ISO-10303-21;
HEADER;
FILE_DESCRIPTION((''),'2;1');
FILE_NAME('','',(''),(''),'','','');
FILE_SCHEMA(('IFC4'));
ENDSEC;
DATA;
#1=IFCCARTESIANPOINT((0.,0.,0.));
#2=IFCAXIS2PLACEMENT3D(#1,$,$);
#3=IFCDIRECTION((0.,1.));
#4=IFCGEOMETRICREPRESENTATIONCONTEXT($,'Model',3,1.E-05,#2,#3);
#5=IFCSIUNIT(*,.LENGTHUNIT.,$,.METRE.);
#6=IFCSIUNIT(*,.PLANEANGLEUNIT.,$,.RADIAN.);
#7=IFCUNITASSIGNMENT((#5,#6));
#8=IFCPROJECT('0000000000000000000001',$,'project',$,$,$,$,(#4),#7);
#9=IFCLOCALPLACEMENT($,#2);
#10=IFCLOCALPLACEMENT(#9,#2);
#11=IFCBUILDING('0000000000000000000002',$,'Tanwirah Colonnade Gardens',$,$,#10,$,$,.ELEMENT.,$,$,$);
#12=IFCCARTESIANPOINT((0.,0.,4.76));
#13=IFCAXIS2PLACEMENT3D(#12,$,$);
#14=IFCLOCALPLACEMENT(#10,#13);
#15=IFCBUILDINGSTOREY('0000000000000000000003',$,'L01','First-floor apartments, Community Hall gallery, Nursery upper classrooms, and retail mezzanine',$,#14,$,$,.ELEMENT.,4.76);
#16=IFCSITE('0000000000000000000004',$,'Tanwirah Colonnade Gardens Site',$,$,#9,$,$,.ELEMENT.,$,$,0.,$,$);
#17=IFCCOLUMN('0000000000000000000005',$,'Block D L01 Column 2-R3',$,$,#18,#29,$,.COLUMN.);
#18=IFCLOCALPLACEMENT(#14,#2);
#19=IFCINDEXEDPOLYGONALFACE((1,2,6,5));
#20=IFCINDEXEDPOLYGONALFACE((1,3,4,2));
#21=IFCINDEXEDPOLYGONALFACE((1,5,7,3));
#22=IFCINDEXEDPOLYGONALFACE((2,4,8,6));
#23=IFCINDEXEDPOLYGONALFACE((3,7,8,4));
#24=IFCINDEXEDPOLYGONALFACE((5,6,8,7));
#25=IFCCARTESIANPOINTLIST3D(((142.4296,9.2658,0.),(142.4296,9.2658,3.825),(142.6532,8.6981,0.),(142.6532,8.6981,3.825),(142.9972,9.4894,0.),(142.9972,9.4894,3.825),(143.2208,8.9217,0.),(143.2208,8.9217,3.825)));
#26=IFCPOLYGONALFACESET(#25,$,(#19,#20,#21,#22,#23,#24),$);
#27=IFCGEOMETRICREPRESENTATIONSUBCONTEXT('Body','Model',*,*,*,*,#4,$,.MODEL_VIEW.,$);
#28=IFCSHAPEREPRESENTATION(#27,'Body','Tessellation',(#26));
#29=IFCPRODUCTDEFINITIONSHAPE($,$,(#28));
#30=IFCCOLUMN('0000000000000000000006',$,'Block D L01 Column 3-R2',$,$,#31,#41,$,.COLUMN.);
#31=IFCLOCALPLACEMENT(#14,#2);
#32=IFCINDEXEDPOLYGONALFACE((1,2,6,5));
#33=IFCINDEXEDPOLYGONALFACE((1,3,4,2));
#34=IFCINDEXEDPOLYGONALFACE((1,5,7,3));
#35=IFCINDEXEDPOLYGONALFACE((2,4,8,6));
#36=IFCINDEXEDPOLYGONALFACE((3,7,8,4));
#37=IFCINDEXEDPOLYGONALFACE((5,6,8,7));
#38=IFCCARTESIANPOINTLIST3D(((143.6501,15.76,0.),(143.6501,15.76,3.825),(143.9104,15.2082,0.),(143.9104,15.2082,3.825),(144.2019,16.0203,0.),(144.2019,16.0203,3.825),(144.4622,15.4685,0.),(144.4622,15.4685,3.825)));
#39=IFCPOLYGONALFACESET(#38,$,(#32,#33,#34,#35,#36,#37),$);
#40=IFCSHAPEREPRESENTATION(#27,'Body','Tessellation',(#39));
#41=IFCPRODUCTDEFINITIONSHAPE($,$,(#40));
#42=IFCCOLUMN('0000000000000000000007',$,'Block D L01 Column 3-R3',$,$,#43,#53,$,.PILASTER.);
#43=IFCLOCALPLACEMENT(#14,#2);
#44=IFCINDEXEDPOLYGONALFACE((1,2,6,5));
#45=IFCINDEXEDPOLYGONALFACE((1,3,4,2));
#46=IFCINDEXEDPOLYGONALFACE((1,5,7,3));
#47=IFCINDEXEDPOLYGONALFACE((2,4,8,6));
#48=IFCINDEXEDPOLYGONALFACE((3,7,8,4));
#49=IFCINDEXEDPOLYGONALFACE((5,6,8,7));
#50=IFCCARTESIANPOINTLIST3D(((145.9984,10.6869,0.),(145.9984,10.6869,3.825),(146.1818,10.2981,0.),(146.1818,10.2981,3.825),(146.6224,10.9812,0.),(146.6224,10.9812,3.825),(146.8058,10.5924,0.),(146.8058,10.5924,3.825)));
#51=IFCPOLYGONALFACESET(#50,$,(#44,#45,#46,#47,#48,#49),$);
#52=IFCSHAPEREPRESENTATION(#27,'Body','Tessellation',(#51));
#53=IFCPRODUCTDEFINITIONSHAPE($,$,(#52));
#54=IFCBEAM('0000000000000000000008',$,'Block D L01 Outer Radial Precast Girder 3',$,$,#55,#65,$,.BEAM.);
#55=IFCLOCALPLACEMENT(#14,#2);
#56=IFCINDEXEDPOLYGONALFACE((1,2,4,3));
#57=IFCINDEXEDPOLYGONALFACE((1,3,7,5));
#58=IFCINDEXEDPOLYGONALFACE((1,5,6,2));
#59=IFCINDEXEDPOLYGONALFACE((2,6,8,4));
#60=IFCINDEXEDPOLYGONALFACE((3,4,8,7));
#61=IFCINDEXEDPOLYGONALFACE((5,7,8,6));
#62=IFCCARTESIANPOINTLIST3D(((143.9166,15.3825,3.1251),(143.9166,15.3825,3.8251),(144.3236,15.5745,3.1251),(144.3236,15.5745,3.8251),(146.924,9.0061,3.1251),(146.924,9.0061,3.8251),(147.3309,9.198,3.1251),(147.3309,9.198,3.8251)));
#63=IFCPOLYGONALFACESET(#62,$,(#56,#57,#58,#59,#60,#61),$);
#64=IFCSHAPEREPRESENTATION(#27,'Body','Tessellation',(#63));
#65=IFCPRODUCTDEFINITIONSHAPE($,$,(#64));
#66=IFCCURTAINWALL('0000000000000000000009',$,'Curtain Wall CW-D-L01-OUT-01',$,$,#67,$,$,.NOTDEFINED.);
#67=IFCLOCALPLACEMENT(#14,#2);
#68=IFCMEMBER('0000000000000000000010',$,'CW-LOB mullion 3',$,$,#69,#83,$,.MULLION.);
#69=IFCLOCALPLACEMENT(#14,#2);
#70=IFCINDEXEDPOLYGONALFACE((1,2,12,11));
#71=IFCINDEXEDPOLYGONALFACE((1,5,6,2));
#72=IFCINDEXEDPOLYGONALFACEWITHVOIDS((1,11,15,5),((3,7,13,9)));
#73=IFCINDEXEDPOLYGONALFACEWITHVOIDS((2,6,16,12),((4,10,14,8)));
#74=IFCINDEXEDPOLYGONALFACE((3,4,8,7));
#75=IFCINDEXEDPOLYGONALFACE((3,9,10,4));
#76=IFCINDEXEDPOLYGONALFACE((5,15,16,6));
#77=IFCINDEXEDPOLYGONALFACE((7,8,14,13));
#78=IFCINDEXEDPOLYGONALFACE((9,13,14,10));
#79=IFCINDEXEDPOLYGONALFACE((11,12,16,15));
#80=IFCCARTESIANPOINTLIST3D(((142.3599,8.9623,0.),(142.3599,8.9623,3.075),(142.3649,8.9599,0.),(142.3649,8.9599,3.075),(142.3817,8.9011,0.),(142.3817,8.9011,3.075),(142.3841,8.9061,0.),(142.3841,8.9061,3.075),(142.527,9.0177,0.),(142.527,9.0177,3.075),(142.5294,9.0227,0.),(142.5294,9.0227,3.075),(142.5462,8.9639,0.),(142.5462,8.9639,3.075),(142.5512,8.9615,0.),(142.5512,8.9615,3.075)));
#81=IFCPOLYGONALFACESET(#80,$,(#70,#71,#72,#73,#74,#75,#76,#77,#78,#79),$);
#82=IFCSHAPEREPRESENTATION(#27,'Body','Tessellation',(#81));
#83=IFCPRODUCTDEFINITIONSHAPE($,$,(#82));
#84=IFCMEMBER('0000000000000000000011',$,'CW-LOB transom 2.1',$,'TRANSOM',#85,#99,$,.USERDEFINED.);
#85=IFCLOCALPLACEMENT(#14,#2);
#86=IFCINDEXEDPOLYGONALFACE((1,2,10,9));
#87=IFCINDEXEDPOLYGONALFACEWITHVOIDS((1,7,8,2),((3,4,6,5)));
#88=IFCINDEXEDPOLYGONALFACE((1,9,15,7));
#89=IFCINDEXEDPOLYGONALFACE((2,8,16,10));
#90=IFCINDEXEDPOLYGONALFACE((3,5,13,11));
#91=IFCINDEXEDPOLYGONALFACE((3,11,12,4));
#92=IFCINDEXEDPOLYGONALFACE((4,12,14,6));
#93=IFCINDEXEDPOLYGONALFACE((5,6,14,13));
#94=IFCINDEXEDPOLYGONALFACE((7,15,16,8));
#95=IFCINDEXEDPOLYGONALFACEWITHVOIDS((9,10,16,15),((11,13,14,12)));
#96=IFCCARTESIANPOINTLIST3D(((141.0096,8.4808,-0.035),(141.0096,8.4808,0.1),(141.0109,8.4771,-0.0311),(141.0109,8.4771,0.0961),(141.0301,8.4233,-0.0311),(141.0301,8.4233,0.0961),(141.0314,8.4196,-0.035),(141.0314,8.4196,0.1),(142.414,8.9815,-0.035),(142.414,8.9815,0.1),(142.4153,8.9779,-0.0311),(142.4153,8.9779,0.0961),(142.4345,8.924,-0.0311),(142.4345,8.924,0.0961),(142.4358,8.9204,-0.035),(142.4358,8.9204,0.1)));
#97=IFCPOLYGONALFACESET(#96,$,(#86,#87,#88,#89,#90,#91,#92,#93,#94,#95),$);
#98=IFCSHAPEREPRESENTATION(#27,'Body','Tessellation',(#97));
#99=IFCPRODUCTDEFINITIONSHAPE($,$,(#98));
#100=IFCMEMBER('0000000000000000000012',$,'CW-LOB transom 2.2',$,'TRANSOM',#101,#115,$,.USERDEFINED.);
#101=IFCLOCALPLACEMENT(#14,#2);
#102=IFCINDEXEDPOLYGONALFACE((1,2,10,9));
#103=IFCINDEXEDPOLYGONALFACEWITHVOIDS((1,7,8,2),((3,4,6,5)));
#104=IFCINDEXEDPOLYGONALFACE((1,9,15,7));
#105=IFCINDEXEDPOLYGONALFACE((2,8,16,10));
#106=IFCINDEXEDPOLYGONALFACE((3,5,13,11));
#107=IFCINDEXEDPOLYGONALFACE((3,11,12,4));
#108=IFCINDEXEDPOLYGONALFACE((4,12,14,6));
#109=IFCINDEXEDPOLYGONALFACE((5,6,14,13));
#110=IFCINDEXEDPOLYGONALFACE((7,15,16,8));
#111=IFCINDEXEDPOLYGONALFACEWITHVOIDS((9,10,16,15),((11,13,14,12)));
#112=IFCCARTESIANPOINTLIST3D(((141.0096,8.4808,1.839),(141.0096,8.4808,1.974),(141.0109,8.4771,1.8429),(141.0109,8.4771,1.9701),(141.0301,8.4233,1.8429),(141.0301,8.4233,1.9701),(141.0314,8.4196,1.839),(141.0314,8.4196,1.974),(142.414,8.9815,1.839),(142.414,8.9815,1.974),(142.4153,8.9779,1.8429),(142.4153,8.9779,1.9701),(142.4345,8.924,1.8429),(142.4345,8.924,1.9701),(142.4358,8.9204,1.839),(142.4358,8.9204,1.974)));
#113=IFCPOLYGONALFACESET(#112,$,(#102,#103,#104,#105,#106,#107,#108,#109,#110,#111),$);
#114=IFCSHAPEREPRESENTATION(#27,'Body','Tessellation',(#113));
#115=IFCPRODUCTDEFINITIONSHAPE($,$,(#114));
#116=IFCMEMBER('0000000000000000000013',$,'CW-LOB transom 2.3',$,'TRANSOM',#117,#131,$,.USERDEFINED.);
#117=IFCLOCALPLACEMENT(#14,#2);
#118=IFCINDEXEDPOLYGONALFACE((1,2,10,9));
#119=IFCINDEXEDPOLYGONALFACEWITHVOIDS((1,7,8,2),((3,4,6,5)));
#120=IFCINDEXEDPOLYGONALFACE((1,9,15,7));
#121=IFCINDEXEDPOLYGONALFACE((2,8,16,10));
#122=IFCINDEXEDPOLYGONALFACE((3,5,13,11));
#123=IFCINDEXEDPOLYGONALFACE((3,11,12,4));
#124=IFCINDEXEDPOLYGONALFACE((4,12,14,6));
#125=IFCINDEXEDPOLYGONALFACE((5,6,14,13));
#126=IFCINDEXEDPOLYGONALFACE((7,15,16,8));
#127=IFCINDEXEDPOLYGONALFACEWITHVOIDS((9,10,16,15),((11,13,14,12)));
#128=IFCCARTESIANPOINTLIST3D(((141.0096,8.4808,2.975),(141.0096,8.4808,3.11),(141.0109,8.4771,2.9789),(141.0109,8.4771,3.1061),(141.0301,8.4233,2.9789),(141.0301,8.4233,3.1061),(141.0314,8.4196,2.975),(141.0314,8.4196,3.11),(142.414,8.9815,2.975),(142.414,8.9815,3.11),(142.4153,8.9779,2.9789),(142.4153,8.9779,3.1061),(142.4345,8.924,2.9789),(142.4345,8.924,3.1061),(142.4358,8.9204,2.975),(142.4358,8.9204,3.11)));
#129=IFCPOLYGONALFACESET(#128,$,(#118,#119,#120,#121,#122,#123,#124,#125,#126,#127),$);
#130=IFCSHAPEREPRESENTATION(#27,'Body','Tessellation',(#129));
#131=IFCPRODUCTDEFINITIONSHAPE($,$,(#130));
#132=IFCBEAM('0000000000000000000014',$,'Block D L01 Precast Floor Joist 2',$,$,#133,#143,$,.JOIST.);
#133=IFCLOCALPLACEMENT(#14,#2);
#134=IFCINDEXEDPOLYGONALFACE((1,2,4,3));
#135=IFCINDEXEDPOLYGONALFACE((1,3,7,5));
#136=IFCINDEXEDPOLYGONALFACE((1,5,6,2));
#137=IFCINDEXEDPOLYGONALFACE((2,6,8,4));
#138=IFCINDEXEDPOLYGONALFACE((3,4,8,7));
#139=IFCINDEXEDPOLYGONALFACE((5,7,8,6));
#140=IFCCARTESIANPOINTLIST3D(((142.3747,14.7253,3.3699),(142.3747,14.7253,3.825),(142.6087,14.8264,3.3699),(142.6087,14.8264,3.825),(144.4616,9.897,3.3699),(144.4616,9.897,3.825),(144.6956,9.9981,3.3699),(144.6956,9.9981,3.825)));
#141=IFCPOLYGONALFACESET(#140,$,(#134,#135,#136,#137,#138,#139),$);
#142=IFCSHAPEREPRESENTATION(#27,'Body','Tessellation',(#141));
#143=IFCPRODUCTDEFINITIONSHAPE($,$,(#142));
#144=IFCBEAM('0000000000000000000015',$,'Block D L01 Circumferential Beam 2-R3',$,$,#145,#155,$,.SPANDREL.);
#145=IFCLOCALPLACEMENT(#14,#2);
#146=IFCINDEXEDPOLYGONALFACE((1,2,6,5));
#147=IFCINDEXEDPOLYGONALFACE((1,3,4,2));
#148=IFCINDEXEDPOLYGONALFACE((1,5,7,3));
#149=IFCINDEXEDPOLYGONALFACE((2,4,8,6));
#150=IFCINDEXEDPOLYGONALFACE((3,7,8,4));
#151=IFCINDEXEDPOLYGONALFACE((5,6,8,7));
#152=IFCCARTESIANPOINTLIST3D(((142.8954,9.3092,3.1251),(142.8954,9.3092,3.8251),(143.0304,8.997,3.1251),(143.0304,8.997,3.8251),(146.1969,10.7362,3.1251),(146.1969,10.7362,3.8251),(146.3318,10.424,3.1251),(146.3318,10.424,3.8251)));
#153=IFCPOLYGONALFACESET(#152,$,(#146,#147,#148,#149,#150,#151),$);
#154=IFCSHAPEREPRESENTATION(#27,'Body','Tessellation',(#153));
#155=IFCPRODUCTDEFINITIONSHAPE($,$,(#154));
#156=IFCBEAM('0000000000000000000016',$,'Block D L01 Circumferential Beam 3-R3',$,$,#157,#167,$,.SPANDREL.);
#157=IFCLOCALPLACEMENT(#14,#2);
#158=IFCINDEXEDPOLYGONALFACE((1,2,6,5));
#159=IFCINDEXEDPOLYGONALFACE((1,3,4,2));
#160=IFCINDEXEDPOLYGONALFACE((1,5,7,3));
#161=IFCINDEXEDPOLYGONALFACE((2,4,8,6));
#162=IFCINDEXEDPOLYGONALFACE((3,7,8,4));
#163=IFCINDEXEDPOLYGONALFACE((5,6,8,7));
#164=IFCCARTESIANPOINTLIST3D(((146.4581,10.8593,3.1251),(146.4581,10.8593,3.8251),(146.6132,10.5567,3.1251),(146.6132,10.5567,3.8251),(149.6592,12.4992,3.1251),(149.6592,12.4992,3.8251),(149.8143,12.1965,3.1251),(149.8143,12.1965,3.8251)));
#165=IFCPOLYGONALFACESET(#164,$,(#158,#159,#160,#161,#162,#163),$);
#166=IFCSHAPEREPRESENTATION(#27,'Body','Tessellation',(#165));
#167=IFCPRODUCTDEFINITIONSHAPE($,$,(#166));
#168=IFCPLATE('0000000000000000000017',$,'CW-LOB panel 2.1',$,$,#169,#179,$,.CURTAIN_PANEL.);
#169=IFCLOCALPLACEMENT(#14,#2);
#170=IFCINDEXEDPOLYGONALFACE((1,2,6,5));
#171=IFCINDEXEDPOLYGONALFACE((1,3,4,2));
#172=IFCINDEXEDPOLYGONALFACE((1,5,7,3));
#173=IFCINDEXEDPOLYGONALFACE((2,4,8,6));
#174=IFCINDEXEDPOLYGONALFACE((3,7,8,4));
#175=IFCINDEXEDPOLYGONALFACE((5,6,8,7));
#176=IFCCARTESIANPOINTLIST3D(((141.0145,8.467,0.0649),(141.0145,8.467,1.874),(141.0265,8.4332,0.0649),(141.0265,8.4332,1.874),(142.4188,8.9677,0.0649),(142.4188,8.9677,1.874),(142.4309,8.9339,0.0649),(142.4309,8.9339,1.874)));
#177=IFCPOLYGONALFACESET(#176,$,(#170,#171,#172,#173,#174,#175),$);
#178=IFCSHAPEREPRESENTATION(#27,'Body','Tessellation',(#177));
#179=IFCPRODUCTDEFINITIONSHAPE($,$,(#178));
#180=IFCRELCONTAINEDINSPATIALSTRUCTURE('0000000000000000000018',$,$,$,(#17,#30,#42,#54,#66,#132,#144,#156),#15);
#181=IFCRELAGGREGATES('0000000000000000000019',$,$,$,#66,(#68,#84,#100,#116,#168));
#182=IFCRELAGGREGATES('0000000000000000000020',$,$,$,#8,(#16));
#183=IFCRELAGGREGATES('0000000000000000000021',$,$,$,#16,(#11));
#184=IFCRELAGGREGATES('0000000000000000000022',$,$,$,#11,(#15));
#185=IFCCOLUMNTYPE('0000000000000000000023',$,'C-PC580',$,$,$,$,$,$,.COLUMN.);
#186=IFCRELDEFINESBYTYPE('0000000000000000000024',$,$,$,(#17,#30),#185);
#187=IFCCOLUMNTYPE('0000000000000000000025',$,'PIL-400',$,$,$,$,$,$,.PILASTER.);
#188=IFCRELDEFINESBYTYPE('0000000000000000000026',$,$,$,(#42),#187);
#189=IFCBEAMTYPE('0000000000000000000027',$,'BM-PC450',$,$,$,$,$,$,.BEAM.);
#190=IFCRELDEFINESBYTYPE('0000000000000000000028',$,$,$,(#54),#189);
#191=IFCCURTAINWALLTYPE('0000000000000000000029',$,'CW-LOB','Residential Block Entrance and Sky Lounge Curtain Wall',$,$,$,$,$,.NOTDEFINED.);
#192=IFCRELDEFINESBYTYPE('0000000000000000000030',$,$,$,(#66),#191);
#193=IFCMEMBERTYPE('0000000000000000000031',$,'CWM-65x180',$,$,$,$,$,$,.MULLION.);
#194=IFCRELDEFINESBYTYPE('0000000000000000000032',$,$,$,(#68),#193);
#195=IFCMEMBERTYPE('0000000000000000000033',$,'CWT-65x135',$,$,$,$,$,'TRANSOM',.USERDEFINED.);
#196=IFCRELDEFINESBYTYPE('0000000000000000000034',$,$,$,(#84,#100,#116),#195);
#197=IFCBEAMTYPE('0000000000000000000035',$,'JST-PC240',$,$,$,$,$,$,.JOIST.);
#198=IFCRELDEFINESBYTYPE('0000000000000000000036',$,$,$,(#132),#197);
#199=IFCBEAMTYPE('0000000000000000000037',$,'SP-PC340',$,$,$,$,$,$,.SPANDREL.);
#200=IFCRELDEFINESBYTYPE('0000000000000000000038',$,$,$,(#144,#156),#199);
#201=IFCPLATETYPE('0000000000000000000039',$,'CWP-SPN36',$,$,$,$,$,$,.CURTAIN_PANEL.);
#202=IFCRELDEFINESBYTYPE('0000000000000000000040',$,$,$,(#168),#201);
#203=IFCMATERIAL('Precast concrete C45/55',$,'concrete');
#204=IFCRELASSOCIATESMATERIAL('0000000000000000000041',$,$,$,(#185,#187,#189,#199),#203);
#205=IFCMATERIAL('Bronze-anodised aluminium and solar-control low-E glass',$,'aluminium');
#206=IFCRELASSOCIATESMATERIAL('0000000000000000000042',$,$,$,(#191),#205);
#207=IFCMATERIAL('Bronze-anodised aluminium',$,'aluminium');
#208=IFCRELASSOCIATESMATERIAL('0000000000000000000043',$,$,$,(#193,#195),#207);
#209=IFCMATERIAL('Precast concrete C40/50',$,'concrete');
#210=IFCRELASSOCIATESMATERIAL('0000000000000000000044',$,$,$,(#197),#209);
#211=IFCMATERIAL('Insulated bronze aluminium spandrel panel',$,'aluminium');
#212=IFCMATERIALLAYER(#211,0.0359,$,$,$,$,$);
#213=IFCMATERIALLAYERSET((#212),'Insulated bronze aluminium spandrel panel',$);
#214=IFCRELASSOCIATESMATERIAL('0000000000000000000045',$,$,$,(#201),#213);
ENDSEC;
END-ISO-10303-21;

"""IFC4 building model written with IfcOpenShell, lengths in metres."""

from ifc_helpers import new_model, si_unit, direction, frame, origin, origin_2d, place, context, subcontext, project, spatial, rectangle, hollow_rectangle, extrude, material, layer, layer_set, material_profile, profile_set, type_object, element, aggregate, save


model = new_model("IFC4")

# Units and contexts
model_context = context("Model", 3, precision=1e-05, world=origin(), true_north=direction((0.0, 1.0)))
body_context = subcontext(model_context, "Body", "Model", "MODEL_VIEW")
ifc_project = project(units=[si_unit("LENGTHUNIT", "METRE"), si_unit("PLANEANGLEUNIT", "RADIAN")], contexts=[model_context])

# Site, building, storey
site_placement = place(None, origin())
site = spatial("IfcSite", under=ifc_project, at=site_placement, Name="Tanwirah Colonnade Gardens Site", CompositionType="ELEMENT", RefElevation=0.0)
building_placement = place(site_placement, origin())
building = spatial("IfcBuilding", under=site, at=building_placement, Name="Tanwirah Colonnade Gardens", CompositionType="ELEMENT")
storey_placement = place(building_placement, frame((0.0, 0.0, 4.76)))
storey = spatial("IfcBuildingStorey", under=building, at=storey_placement, Name="L01", Description="First-floor apartments, Community Hall gallery, Nursery upper classrooms, and retail mezzanine", CompositionType="ELEMENT", Elevation=4.76)

# Columns
ifc_material_1 = material(Name="Precast concrete C45/55", Category="concrete")
ifc_material_profile_1 = material_profile(ifc_material_1, rectangle(XDim=0.6101, YDim=0.6101, at=origin_2d()), Name="PC-COL 610x610")
ifc_profile_set_1 = profile_set([ifc_material_profile_1], Name="Precast concrete C45/55")
column_type_1 = type_object("IfcColumnType", Name="C-PC580", PredefinedType="COLUMN", material=ifc_profile_set_1)
for number, where, z_axis, x_axis, name in (
    (1, (142.8252, 9.0938, 0.0), (0.0, 0.0, 1.0), (0.366501, -0.930418, 0.0), "Block D L01 Column 2-R3"),
    (2, (144.0562, 15.6143, 0.0), (0.0, 0.0, 1.0), (0.426569, -0.904455, 0.0), "Block D L01 Column 3-R2"),
):
    element("IfcColumn", number, at=place(storey_placement, frame(where, z_axis=z_axis, x_axis=x_axis)), inside=storey, type_object=column_type_1, Name=name, PredefinedType="COLUMN", context=body_context, shape_type="SweptSolid", body=[
        extrude(rectangle(XDim=0.6101, YDim=0.6101, at=origin_2d()), origin(), (0.0, 0.0, 1.0), 3.825),
    ])
ifc_material_profile_2 = material_profile(ifc_material_1, rectangle(XDim=0.4299, YDim=0.6899, at=origin_2d()), Name="PC-PIL 430x690")
ifc_profile_set_2 = profile_set([ifc_material_profile_2], Name="Precast concrete C45/55")
column_type_2 = type_object("IfcColumnType", Name="PIL-400", PredefinedType="PILASTER", material=ifc_profile_set_2)
column_placement = place(storey_placement, frame((146.4021, 10.6396, 0.0), z_axis=(0.0, 0.0, 1.0), x_axis=(0.426569, -0.904455, 0.0)))
element("IfcColumn", 3, at=column_placement, inside=storey, type_object=column_type_2, Name="Block D L01 Column 3-R3", PredefinedType="PILASTER", context=body_context, shape_type="SweptSolid", body=[
    extrude(rectangle(XDim=0.4299, YDim=0.6899, at=origin_2d()), origin(), (0.0, 0.0, 1.0), 3.825),
])

# Beam
ifc_material_profile_3 = material_profile(ifc_material_1, rectangle(XDim=0.45, YDim=0.7, at=origin_2d()), Name="PC-BM 450x700")
ifc_profile_set_3 = profile_set([ifc_material_profile_3], Name="Precast concrete C45/55")
beam_type_1 = type_object("IfcBeamType", Name="BM-PC450", PredefinedType="BEAM", material=ifc_profile_set_3)
beam_1_placement = place(storey_placement, frame((144.1201, 15.4785, 3.4751), z_axis=(0.426567, -0.904456, 0.0), x_axis=(0.904456, 0.426567, 0.0)))
element("IfcBeam", 4, at=beam_1_placement, inside=storey, type_object=beam_type_1, Name="Block D L01 Outer Radial Precast Girder 3", PredefinedType="BEAM", context=body_context, shape_type="SweptSolid", body=[
    extrude(rectangle(XDim=0.45, YDim=0.7, at=origin_2d()), origin(), (0.0, 0.0, 1.0), 7.05),
])

# Curtain wall, members
ifc_material_2 = material(Name="Bronze-anodised aluminium and solar-control low-E glass", Category="aluminium")
curtain_wall_type = type_object("IfcCurtainWallType", Name="CW-LOB", Description="Residential Block Entrance and Sky Lounge Curtain Wall", PredefinedType="NOTDEFINED", material=ifc_material_2)
curtain_wall_placement = place(storey_placement, origin())
curtain_wall = element("IfcCurtainWall", 5, at=curtain_wall_placement, inside=storey, type_object=curtain_wall_type, Name="Curtain Wall CW-D-L01-OUT-01", PredefinedType="NOTDEFINED")
ifc_material_3 = material(Name="Bronze-anodised aluminium", Category="aluminium")
ifc_material_profile_4 = material_profile(ifc_material_3, hollow_rectangle(XDim=0.0649, YDim=0.1799, WallThickness=0.0039, at=origin_2d()), Name="CW-MUL 65x180x4")
ifc_profile_set_4 = profile_set([ifc_material_profile_4], Name="Bronze-anodised aluminium")
member_type_1 = type_object("IfcMemberType", Name="CWM-65x180", PredefinedType="MULLION", material=ifc_profile_set_4)
member_1_placement = place(storey_placement, frame((142.4556, 8.9619, 0.0), z_axis=(0.0, 0.0, 1.0), x_axis=(-0.335862, 0.941911, 0.0)))
member_1 = element("IfcMember", 6, at=member_1_placement, type_object=member_type_1, Name="CW-LOB mullion 3", PredefinedType="MULLION", context=body_context, shape_type="SweptSolid", body=[
    extrude(hollow_rectangle(XDim=0.0649, YDim=0.1799, WallThickness=0.0039, at=origin_2d()), origin(), (0.0, 0.0, 1.0), 3.075),
])
ifc_material_profile_5 = material_profile(ifc_material_3, hollow_rectangle(XDim=0.0649, YDim=0.135, WallThickness=0.0039, at=origin_2d()), Name="CW-TRN 65x135x4")
ifc_profile_set_5 = profile_set([ifc_material_profile_5], Name="Bronze-anodised aluminium")
member_type_2 = type_object("IfcMemberType", Name="CWT-65x135", ElementType="TRANSOM", PredefinedType="USERDEFINED", material=ifc_profile_set_5)
member_2_placement = place(storey_placement, frame((141.0205, 8.4502, 0.0325), z_axis=(0.941912, 0.335859, 0.0), x_axis=(-0.335859, 0.941912, 0.0)))
member_2 = element("IfcMember", 7, at=member_2_placement, type_object=member_type_2, Name="CW-LOB transom 2.1", ObjectType="TRANSOM", PredefinedType="USERDEFINED", context=body_context, shape_type="SweptSolid", body=[
    extrude(hollow_rectangle(XDim=0.0649, YDim=0.135, WallThickness=0.0039, at=origin_2d()), origin(), (0.0, 0.0, 1.0), 1.491),
])
member_3_placement = place(storey_placement, frame((141.0205, 8.4502, 1.9065), z_axis=(0.941912, 0.335859, 0.0), x_axis=(-0.335859, 0.941912, 0.0)))
member_3 = element("IfcMember", 8, at=member_3_placement, type_object=member_type_2, Name="CW-LOB transom 2.2", ObjectType="TRANSOM", PredefinedType="USERDEFINED", context=body_context, shape_type="SweptSolid", body=[
    extrude(hollow_rectangle(XDim=0.0649, YDim=0.135, WallThickness=0.0039, at=origin_2d()), origin(), (0.0, 0.0, 1.0), 1.491),
])
member_4_placement = place(storey_placement, frame((141.0205, 8.4502, 3.0425), z_axis=(0.941912, 0.335859, 0.0), x_axis=(-0.335859, 0.941912, 0.0)))
member_4 = element("IfcMember", 9, at=member_4_placement, type_object=member_type_2, Name="CW-LOB transom 2.3", ObjectType="TRANSOM", PredefinedType="USERDEFINED", context=body_context, shape_type="SweptSolid", body=[
    extrude(hollow_rectangle(XDim=0.0649, YDim=0.135, WallThickness=0.0039, at=origin_2d()), origin(), (0.0, 0.0, 1.0), 1.491),
])

# Beams
ifc_material_4 = material(Name="Precast concrete C40/50", Category="concrete")
ifc_material_profile_6 = material_profile(ifc_material_4, rectangle(XDim=0.2549, YDim=0.4551, at=origin_2d()), Name="PC-JST 255x455")
ifc_profile_set_6 = profile_set([ifc_material_profile_6], Name="Precast concrete C40/50")
beam_type_2 = type_object("IfcBeamType", Name="JST-PC240", PredefinedType="JOIST", material=ifc_profile_set_6)
beam_2_placement = place(storey_placement, frame((142.4917, 14.7759, 3.5974), z_axis=(0.396746, -0.917928, 0.0), x_axis=(0.917928, 0.396746, 0.0)))
element("IfcBeam", 10, at=beam_2_placement, inside=storey, type_object=beam_type_2, Name="Block D L01 Precast Floor Joist 2", PredefinedType="JOIST", context=body_context, shape_type="SweptSolid", body=[
    extrude(rectangle(XDim=0.2549, YDim=0.4551, at=origin_2d()), origin(), (0.0, 0.0, 1.0), 5.26),
])
ifc_material_profile_7 = material_profile(ifc_material_1, rectangle(XDim=0.3401, YDim=0.7, at=origin_2d()), Name="PC-SP 340x700")
ifc_profile_set_7 = profile_set([ifc_material_profile_7], Name="Precast concrete C45/55")
beam_type_3 = type_object("IfcBeamType", Name="SP-PC340", PredefinedType="SPANDREL", material=ifc_profile_set_7)
for number, where, z_axis, x_axis, name in (
    (11, (142.9629, 9.1531, 3.4751), (0.917926, 0.396752, 0.0), (-0.396752, 0.917926, 0.0), "Block D L01 Circumferential Beam 2-R3"),
    (12, (146.5356, 10.708, 3.4751), (0.890013, 0.455935, 0.0), (-0.455935, 0.890013, 0.0), "Block D L01 Circumferential Beam 3-R3"),
):
    element("IfcBeam", number, at=place(storey_placement, frame(where, z_axis=z_axis, x_axis=x_axis)), inside=storey, type_object=beam_type_3, Name=name, PredefinedType="SPANDREL", context=body_context, shape_type="SweptSolid", body=[
        extrude(rectangle(XDim=0.3401, YDim=0.7, at=origin_2d()), origin(), (0.0, 0.0, 1.0), 3.5967),
    ])

# Plate
ifc_material_5 = material(Name="Insulated bronze aluminium spandrel panel", Category="aluminium")
ifc_layer_1 = layer(ifc_material_5, 0.0359)
ifc_layer_set_1 = layer_set([ifc_layer_1], Name="Insulated bronze aluminium spandrel panel")
plate_type = type_object("IfcPlateType", Name="CWP-SPN36", PredefinedType="CURTAIN_PANEL", material=ifc_layer_set_1)
plate_1_placement = place(storey_placement, frame((141.7227, 8.7004, 0.0649), z_axis=(0.0, 0.0, 1.0), x_axis=(0.941911, 0.335862, 0.0)))
plate_1 = element("IfcPlate", 13, at=plate_1_placement, type_object=plate_type, Name="CW-LOB panel 2.1", PredefinedType="CURTAIN_PANEL", context=body_context, shape_type="SweptSolid", body=[
    extrude(rectangle(XDim=1.491, YDim=0.0359, at=origin_2d()), origin(), (0.0, 0.0, 1.0), 1.8091),
])
aggregate(curtain_wall, [member_1, member_2, member_3, member_4, plate_1])

save(model, "model.ifc")
